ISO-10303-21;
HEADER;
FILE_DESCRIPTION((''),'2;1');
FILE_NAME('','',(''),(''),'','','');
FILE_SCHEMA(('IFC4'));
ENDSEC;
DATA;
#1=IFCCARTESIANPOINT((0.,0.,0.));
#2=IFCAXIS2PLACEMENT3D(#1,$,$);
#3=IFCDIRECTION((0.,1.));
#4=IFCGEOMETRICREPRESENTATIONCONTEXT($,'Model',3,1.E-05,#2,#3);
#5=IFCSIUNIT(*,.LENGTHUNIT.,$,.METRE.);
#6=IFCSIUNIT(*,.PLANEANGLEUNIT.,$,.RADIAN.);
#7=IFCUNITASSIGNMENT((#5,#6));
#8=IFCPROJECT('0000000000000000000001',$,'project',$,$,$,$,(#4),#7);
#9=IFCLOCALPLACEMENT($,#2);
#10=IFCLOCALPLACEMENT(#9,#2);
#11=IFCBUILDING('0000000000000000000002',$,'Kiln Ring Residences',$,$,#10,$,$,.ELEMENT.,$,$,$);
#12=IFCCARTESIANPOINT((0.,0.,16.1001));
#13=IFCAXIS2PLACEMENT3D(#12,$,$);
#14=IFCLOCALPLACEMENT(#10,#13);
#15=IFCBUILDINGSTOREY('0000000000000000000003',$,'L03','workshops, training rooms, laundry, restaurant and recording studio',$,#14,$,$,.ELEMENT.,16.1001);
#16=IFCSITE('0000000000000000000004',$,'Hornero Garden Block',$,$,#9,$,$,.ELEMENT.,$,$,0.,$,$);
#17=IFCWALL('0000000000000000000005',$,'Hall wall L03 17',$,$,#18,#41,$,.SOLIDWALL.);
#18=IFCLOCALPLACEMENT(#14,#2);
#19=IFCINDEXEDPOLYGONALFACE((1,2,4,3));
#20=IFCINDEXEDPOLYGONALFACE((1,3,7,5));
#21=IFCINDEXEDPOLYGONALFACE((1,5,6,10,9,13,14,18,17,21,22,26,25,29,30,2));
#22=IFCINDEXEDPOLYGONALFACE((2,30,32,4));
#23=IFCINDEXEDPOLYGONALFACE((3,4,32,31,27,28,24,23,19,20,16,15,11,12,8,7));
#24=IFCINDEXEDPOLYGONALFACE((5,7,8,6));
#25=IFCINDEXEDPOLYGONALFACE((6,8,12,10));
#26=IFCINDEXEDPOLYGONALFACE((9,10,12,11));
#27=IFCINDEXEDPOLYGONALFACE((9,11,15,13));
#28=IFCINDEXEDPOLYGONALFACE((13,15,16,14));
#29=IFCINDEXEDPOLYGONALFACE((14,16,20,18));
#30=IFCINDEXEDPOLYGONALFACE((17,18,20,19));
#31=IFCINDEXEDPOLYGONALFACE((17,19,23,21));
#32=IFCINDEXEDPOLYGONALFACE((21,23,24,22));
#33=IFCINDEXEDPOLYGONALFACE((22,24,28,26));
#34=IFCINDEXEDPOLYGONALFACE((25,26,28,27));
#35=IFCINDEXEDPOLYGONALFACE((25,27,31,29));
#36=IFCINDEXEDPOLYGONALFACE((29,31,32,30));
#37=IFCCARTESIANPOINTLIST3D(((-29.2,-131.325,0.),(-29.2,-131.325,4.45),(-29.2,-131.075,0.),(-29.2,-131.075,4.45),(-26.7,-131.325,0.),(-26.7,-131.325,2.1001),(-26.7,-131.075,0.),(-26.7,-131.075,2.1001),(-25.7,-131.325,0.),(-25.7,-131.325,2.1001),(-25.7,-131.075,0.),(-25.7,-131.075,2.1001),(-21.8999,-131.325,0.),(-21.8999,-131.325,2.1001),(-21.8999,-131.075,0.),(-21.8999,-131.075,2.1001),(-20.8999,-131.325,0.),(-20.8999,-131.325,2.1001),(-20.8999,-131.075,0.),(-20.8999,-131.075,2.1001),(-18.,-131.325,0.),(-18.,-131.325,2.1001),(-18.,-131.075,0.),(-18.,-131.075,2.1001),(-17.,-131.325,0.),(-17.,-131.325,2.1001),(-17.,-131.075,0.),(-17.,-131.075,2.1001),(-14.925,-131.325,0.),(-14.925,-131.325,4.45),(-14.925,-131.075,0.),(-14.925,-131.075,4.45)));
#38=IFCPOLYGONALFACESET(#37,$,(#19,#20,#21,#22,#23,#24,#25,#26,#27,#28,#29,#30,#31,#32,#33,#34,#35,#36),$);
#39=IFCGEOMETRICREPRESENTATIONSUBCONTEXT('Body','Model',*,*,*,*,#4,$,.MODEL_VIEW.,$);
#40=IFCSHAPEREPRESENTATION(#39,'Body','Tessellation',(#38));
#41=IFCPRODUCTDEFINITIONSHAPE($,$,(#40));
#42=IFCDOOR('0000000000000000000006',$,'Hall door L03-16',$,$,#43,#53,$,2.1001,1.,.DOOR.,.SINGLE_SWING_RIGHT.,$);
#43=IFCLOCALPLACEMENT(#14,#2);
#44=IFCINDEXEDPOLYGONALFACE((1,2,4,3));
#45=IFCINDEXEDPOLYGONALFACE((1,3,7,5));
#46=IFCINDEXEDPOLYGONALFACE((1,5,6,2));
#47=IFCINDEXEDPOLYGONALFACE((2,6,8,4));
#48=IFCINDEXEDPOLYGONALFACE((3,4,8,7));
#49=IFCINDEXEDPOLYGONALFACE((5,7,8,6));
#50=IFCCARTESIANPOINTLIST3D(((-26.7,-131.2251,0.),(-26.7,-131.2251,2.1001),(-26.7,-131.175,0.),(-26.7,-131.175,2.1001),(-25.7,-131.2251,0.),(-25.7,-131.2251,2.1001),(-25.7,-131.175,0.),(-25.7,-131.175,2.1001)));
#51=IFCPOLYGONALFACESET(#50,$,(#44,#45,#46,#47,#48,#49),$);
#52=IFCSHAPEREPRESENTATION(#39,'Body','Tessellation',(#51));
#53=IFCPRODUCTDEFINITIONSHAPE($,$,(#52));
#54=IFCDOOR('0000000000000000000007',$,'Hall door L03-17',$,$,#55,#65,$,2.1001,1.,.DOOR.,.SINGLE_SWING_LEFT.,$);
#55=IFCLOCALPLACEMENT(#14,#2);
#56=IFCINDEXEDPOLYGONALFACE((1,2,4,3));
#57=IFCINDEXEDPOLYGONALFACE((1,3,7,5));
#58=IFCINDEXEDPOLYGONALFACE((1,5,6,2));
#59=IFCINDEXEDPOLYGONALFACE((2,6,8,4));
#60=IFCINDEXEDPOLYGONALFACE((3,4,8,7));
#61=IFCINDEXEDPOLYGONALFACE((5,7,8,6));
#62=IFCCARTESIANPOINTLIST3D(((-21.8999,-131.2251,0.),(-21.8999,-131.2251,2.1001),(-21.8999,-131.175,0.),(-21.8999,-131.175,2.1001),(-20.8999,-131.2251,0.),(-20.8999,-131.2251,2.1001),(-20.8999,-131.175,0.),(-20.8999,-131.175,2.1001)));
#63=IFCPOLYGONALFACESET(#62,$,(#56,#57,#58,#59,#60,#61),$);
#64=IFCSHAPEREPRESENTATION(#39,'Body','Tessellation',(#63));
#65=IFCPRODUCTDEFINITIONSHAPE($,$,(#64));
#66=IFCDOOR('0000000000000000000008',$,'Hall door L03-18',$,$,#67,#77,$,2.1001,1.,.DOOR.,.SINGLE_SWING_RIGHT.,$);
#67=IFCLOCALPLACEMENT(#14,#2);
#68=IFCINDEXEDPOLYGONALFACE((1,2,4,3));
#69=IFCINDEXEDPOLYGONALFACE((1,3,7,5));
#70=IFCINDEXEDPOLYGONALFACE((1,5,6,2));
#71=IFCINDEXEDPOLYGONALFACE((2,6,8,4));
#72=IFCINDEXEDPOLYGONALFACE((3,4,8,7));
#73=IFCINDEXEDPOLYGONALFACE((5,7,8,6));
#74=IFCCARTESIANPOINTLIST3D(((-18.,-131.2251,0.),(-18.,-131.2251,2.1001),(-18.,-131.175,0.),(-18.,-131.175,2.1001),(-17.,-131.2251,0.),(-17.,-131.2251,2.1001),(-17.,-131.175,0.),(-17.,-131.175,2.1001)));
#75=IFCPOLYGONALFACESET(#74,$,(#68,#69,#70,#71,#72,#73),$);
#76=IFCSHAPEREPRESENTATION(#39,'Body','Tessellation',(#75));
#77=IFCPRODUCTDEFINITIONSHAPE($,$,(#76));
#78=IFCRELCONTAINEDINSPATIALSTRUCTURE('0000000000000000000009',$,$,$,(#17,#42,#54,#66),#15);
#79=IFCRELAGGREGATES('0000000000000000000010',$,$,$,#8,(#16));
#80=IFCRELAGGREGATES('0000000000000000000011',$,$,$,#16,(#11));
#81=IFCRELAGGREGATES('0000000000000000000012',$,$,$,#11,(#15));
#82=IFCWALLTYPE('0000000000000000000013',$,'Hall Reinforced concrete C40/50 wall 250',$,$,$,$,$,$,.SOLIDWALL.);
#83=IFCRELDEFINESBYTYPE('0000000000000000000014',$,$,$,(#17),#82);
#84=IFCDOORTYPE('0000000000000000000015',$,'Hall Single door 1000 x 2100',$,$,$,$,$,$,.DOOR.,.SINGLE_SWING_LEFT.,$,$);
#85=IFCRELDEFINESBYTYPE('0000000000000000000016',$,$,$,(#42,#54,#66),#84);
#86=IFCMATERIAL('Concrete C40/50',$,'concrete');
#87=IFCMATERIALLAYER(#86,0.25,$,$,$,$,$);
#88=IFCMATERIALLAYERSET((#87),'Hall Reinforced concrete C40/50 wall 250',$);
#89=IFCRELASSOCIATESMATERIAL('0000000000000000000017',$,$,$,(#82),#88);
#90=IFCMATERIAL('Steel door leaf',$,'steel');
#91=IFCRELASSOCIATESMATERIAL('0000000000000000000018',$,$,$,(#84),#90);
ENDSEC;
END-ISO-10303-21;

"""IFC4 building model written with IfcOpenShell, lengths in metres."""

from ifc_helpers import new_model, si_unit, direction, frame, frame_2d, origin, place, context, subcontext, project, spatial, rectangle, extrude, material, layer, layer_set, type_object, element, fill, save


model = new_model("IFC4")

# Units and contexts
model_context = context("Model", 3, precision=1e-05, world=origin(), true_north=direction((0.0, 1.0)))
body_context = subcontext(model_context, "Body", "Model", "MODEL_VIEW")
ifc_project = project(units=[si_unit("LENGTHUNIT", "METRE"), si_unit("PLANEANGLEUNIT", "RADIAN")], contexts=[model_context])

# Site, building, storey
site_placement = place(None, origin())
site = spatial("IfcSite", under=ifc_project, at=site_placement, Name="Hornero Garden Block", CompositionType="ELEMENT", RefElevation=0.0)
building_placement = place(site_placement, origin())
building = spatial("IfcBuilding", under=site, at=building_placement, Name="Kiln Ring Residences", CompositionType="ELEMENT")
storey_placement = place(building_placement, frame((0.0, 0.0, 16.1001)))
storey = spatial("IfcBuildingStorey", under=building, at=storey_placement, Name="L03", Description="workshops, training rooms, laundry, restaurant and recording studio", CompositionType="ELEMENT", Elevation=16.1001)

# Shared definitions
ifc_material_1 = material(Name="Concrete C40/50", Category="concrete")
ifc_layer_1 = layer(ifc_material_1, 0.25)
ifc_layer_set_1 = layer_set([ifc_layer_1], Name="Hall Reinforced concrete C40/50 wall 250")
wall_type_1 = type_object("IfcWallType", Name="Hall Reinforced concrete C40/50 wall 250", PredefinedType="SOLIDWALL", material=ifc_layer_set_1)

# Wall, openings, doors
wall_1_placement = place(storey_placement, frame((-29.2, -131.2, 0.0), z_axis=(0.0, 0.0, 1.0), x_axis=(1.0, 0.0, 0.0)))
wall_1 = element("IfcWall", 1, at=wall_1_placement, inside=storey, type_object=wall_type_1, Name="Hall wall L03 17", PredefinedType="SOLIDWALL", context=body_context, shape_type="SweptSolid", body=[
    extrude(rectangle(XDim=14.2749, YDim=0.25, at=frame_2d((7.1375, 0.0))), origin(), (0.0, 0.0, 1.0), 4.45),
])
opening_1_placement = place(wall_1_placement, frame((2.5, 0.0, 0.0)))
opening_1 = element("IfcOpeningElement", 2, at=opening_1_placement, cuts=wall_1, PredefinedType="OPENING", context=body_context, shape_type="SweptSolid", body=[
    extrude(rectangle(XDim=1.0, YDim=2.1001, at=frame_2d((0.5, 1.05))), frame((0.0, 0.135, 0.0), z_axis=(0.0, -1.0, 0.0), x_axis=(1.0, 0.0, 0.0)), (0.0, 0.0, 1.0), 0.27),
])
opening_2_placement = place(wall_1_placement, frame((7.3, 0.0, 0.0)))
opening_2 = element("IfcOpeningElement", 3, at=opening_2_placement, cuts=wall_1, PredefinedType="OPENING", context=body_context, shape_type="SweptSolid", body=[
    extrude(rectangle(XDim=1.0, YDim=2.1001, at=frame_2d((0.5, 1.05))), frame((0.0, 0.135, 0.0), z_axis=(0.0, -1.0, 0.0), x_axis=(1.0, 0.0, 0.0)), (0.0, 0.0, 1.0), 0.27),
])
opening_3_placement = place(wall_1_placement, frame((11.2, 0.0, 0.0)))
opening_3 = element("IfcOpeningElement", 4, at=opening_3_placement, cuts=wall_1, PredefinedType="OPENING", context=body_context, shape_type="SweptSolid", body=[
    extrude(rectangle(XDim=1.0, YDim=2.1001, at=frame_2d((0.5, 1.05))), frame((0.0, 0.135, 0.0), z_axis=(0.0, -1.0, 0.0), x_axis=(1.0, 0.0, 0.0)), (0.0, 0.0, 1.0), 0.27),
])
ifc_material_2 = material(Name="Steel door leaf", Category="steel")
door_type_1 = type_object("IfcDoorType", Name="Hall Single door 1000 x 2100", OperationType="SINGLE_SWING_LEFT", PredefinedType="DOOR", material=ifc_material_2)
door_1_placement = place(opening_1_placement, origin())
door_1 = element("IfcDoor", 5, at=door_1_placement, inside=storey, type_object=door_type_1, Name="Hall door L03-16", OperationType="SINGLE_SWING_RIGHT", OverallHeight=2.1001, OverallWidth=1.0, PredefinedType="DOOR", context=body_context, shape_type="SweptSolid", body=[
    extrude(rectangle(XDim=1.0, YDim=2.1001, at=frame_2d((0.5, 1.05))), frame((0.0, 0.0249, 0.0), z_axis=(0.0, -1.0, 0.0), x_axis=(1.0, 0.0, 0.0)), (0.0, 0.0, 1.0), 0.05),
])
fill(opening_1, door_1)
door_2_placement = place(opening_2_placement, origin())
door_2 = element("IfcDoor", 6, at=door_2_placement, inside=storey, type_object=door_type_1, Name="Hall door L03-17", OperationType="SINGLE_SWING_LEFT", OverallHeight=2.1001, OverallWidth=1.0, PredefinedType="DOOR", context=body_context, shape_type="SweptSolid", body=[
    extrude(rectangle(XDim=1.0, YDim=2.1001, at=frame_2d((0.5, 1.05))), frame((0.0, 0.0249, 0.0), z_axis=(0.0, -1.0, 0.0), x_axis=(1.0, 0.0, 0.0)), (0.0, 0.0, 1.0), 0.05),
])
fill(opening_2, door_2)
door_3_placement = place(opening_3_placement, origin())
door_3 = element("IfcDoor", 7, at=door_3_placement, inside=storey, type_object=door_type_1, Name="Hall door L03-18", OperationType="SINGLE_SWING_RIGHT", OverallHeight=2.1001, OverallWidth=1.0, PredefinedType="DOOR", context=body_context, shape_type="SweptSolid", body=[
    extrude(rectangle(XDim=1.0, YDim=2.1001, at=frame_2d((0.5, 1.05))), frame((0.0, 0.0249, 0.0), z_axis=(0.0, -1.0, 0.0), x_axis=(1.0, 0.0, 0.0)), (0.0, 0.0, 1.0), 0.05),
])
fill(opening_3, door_3)

save(model, "model.ifc")
